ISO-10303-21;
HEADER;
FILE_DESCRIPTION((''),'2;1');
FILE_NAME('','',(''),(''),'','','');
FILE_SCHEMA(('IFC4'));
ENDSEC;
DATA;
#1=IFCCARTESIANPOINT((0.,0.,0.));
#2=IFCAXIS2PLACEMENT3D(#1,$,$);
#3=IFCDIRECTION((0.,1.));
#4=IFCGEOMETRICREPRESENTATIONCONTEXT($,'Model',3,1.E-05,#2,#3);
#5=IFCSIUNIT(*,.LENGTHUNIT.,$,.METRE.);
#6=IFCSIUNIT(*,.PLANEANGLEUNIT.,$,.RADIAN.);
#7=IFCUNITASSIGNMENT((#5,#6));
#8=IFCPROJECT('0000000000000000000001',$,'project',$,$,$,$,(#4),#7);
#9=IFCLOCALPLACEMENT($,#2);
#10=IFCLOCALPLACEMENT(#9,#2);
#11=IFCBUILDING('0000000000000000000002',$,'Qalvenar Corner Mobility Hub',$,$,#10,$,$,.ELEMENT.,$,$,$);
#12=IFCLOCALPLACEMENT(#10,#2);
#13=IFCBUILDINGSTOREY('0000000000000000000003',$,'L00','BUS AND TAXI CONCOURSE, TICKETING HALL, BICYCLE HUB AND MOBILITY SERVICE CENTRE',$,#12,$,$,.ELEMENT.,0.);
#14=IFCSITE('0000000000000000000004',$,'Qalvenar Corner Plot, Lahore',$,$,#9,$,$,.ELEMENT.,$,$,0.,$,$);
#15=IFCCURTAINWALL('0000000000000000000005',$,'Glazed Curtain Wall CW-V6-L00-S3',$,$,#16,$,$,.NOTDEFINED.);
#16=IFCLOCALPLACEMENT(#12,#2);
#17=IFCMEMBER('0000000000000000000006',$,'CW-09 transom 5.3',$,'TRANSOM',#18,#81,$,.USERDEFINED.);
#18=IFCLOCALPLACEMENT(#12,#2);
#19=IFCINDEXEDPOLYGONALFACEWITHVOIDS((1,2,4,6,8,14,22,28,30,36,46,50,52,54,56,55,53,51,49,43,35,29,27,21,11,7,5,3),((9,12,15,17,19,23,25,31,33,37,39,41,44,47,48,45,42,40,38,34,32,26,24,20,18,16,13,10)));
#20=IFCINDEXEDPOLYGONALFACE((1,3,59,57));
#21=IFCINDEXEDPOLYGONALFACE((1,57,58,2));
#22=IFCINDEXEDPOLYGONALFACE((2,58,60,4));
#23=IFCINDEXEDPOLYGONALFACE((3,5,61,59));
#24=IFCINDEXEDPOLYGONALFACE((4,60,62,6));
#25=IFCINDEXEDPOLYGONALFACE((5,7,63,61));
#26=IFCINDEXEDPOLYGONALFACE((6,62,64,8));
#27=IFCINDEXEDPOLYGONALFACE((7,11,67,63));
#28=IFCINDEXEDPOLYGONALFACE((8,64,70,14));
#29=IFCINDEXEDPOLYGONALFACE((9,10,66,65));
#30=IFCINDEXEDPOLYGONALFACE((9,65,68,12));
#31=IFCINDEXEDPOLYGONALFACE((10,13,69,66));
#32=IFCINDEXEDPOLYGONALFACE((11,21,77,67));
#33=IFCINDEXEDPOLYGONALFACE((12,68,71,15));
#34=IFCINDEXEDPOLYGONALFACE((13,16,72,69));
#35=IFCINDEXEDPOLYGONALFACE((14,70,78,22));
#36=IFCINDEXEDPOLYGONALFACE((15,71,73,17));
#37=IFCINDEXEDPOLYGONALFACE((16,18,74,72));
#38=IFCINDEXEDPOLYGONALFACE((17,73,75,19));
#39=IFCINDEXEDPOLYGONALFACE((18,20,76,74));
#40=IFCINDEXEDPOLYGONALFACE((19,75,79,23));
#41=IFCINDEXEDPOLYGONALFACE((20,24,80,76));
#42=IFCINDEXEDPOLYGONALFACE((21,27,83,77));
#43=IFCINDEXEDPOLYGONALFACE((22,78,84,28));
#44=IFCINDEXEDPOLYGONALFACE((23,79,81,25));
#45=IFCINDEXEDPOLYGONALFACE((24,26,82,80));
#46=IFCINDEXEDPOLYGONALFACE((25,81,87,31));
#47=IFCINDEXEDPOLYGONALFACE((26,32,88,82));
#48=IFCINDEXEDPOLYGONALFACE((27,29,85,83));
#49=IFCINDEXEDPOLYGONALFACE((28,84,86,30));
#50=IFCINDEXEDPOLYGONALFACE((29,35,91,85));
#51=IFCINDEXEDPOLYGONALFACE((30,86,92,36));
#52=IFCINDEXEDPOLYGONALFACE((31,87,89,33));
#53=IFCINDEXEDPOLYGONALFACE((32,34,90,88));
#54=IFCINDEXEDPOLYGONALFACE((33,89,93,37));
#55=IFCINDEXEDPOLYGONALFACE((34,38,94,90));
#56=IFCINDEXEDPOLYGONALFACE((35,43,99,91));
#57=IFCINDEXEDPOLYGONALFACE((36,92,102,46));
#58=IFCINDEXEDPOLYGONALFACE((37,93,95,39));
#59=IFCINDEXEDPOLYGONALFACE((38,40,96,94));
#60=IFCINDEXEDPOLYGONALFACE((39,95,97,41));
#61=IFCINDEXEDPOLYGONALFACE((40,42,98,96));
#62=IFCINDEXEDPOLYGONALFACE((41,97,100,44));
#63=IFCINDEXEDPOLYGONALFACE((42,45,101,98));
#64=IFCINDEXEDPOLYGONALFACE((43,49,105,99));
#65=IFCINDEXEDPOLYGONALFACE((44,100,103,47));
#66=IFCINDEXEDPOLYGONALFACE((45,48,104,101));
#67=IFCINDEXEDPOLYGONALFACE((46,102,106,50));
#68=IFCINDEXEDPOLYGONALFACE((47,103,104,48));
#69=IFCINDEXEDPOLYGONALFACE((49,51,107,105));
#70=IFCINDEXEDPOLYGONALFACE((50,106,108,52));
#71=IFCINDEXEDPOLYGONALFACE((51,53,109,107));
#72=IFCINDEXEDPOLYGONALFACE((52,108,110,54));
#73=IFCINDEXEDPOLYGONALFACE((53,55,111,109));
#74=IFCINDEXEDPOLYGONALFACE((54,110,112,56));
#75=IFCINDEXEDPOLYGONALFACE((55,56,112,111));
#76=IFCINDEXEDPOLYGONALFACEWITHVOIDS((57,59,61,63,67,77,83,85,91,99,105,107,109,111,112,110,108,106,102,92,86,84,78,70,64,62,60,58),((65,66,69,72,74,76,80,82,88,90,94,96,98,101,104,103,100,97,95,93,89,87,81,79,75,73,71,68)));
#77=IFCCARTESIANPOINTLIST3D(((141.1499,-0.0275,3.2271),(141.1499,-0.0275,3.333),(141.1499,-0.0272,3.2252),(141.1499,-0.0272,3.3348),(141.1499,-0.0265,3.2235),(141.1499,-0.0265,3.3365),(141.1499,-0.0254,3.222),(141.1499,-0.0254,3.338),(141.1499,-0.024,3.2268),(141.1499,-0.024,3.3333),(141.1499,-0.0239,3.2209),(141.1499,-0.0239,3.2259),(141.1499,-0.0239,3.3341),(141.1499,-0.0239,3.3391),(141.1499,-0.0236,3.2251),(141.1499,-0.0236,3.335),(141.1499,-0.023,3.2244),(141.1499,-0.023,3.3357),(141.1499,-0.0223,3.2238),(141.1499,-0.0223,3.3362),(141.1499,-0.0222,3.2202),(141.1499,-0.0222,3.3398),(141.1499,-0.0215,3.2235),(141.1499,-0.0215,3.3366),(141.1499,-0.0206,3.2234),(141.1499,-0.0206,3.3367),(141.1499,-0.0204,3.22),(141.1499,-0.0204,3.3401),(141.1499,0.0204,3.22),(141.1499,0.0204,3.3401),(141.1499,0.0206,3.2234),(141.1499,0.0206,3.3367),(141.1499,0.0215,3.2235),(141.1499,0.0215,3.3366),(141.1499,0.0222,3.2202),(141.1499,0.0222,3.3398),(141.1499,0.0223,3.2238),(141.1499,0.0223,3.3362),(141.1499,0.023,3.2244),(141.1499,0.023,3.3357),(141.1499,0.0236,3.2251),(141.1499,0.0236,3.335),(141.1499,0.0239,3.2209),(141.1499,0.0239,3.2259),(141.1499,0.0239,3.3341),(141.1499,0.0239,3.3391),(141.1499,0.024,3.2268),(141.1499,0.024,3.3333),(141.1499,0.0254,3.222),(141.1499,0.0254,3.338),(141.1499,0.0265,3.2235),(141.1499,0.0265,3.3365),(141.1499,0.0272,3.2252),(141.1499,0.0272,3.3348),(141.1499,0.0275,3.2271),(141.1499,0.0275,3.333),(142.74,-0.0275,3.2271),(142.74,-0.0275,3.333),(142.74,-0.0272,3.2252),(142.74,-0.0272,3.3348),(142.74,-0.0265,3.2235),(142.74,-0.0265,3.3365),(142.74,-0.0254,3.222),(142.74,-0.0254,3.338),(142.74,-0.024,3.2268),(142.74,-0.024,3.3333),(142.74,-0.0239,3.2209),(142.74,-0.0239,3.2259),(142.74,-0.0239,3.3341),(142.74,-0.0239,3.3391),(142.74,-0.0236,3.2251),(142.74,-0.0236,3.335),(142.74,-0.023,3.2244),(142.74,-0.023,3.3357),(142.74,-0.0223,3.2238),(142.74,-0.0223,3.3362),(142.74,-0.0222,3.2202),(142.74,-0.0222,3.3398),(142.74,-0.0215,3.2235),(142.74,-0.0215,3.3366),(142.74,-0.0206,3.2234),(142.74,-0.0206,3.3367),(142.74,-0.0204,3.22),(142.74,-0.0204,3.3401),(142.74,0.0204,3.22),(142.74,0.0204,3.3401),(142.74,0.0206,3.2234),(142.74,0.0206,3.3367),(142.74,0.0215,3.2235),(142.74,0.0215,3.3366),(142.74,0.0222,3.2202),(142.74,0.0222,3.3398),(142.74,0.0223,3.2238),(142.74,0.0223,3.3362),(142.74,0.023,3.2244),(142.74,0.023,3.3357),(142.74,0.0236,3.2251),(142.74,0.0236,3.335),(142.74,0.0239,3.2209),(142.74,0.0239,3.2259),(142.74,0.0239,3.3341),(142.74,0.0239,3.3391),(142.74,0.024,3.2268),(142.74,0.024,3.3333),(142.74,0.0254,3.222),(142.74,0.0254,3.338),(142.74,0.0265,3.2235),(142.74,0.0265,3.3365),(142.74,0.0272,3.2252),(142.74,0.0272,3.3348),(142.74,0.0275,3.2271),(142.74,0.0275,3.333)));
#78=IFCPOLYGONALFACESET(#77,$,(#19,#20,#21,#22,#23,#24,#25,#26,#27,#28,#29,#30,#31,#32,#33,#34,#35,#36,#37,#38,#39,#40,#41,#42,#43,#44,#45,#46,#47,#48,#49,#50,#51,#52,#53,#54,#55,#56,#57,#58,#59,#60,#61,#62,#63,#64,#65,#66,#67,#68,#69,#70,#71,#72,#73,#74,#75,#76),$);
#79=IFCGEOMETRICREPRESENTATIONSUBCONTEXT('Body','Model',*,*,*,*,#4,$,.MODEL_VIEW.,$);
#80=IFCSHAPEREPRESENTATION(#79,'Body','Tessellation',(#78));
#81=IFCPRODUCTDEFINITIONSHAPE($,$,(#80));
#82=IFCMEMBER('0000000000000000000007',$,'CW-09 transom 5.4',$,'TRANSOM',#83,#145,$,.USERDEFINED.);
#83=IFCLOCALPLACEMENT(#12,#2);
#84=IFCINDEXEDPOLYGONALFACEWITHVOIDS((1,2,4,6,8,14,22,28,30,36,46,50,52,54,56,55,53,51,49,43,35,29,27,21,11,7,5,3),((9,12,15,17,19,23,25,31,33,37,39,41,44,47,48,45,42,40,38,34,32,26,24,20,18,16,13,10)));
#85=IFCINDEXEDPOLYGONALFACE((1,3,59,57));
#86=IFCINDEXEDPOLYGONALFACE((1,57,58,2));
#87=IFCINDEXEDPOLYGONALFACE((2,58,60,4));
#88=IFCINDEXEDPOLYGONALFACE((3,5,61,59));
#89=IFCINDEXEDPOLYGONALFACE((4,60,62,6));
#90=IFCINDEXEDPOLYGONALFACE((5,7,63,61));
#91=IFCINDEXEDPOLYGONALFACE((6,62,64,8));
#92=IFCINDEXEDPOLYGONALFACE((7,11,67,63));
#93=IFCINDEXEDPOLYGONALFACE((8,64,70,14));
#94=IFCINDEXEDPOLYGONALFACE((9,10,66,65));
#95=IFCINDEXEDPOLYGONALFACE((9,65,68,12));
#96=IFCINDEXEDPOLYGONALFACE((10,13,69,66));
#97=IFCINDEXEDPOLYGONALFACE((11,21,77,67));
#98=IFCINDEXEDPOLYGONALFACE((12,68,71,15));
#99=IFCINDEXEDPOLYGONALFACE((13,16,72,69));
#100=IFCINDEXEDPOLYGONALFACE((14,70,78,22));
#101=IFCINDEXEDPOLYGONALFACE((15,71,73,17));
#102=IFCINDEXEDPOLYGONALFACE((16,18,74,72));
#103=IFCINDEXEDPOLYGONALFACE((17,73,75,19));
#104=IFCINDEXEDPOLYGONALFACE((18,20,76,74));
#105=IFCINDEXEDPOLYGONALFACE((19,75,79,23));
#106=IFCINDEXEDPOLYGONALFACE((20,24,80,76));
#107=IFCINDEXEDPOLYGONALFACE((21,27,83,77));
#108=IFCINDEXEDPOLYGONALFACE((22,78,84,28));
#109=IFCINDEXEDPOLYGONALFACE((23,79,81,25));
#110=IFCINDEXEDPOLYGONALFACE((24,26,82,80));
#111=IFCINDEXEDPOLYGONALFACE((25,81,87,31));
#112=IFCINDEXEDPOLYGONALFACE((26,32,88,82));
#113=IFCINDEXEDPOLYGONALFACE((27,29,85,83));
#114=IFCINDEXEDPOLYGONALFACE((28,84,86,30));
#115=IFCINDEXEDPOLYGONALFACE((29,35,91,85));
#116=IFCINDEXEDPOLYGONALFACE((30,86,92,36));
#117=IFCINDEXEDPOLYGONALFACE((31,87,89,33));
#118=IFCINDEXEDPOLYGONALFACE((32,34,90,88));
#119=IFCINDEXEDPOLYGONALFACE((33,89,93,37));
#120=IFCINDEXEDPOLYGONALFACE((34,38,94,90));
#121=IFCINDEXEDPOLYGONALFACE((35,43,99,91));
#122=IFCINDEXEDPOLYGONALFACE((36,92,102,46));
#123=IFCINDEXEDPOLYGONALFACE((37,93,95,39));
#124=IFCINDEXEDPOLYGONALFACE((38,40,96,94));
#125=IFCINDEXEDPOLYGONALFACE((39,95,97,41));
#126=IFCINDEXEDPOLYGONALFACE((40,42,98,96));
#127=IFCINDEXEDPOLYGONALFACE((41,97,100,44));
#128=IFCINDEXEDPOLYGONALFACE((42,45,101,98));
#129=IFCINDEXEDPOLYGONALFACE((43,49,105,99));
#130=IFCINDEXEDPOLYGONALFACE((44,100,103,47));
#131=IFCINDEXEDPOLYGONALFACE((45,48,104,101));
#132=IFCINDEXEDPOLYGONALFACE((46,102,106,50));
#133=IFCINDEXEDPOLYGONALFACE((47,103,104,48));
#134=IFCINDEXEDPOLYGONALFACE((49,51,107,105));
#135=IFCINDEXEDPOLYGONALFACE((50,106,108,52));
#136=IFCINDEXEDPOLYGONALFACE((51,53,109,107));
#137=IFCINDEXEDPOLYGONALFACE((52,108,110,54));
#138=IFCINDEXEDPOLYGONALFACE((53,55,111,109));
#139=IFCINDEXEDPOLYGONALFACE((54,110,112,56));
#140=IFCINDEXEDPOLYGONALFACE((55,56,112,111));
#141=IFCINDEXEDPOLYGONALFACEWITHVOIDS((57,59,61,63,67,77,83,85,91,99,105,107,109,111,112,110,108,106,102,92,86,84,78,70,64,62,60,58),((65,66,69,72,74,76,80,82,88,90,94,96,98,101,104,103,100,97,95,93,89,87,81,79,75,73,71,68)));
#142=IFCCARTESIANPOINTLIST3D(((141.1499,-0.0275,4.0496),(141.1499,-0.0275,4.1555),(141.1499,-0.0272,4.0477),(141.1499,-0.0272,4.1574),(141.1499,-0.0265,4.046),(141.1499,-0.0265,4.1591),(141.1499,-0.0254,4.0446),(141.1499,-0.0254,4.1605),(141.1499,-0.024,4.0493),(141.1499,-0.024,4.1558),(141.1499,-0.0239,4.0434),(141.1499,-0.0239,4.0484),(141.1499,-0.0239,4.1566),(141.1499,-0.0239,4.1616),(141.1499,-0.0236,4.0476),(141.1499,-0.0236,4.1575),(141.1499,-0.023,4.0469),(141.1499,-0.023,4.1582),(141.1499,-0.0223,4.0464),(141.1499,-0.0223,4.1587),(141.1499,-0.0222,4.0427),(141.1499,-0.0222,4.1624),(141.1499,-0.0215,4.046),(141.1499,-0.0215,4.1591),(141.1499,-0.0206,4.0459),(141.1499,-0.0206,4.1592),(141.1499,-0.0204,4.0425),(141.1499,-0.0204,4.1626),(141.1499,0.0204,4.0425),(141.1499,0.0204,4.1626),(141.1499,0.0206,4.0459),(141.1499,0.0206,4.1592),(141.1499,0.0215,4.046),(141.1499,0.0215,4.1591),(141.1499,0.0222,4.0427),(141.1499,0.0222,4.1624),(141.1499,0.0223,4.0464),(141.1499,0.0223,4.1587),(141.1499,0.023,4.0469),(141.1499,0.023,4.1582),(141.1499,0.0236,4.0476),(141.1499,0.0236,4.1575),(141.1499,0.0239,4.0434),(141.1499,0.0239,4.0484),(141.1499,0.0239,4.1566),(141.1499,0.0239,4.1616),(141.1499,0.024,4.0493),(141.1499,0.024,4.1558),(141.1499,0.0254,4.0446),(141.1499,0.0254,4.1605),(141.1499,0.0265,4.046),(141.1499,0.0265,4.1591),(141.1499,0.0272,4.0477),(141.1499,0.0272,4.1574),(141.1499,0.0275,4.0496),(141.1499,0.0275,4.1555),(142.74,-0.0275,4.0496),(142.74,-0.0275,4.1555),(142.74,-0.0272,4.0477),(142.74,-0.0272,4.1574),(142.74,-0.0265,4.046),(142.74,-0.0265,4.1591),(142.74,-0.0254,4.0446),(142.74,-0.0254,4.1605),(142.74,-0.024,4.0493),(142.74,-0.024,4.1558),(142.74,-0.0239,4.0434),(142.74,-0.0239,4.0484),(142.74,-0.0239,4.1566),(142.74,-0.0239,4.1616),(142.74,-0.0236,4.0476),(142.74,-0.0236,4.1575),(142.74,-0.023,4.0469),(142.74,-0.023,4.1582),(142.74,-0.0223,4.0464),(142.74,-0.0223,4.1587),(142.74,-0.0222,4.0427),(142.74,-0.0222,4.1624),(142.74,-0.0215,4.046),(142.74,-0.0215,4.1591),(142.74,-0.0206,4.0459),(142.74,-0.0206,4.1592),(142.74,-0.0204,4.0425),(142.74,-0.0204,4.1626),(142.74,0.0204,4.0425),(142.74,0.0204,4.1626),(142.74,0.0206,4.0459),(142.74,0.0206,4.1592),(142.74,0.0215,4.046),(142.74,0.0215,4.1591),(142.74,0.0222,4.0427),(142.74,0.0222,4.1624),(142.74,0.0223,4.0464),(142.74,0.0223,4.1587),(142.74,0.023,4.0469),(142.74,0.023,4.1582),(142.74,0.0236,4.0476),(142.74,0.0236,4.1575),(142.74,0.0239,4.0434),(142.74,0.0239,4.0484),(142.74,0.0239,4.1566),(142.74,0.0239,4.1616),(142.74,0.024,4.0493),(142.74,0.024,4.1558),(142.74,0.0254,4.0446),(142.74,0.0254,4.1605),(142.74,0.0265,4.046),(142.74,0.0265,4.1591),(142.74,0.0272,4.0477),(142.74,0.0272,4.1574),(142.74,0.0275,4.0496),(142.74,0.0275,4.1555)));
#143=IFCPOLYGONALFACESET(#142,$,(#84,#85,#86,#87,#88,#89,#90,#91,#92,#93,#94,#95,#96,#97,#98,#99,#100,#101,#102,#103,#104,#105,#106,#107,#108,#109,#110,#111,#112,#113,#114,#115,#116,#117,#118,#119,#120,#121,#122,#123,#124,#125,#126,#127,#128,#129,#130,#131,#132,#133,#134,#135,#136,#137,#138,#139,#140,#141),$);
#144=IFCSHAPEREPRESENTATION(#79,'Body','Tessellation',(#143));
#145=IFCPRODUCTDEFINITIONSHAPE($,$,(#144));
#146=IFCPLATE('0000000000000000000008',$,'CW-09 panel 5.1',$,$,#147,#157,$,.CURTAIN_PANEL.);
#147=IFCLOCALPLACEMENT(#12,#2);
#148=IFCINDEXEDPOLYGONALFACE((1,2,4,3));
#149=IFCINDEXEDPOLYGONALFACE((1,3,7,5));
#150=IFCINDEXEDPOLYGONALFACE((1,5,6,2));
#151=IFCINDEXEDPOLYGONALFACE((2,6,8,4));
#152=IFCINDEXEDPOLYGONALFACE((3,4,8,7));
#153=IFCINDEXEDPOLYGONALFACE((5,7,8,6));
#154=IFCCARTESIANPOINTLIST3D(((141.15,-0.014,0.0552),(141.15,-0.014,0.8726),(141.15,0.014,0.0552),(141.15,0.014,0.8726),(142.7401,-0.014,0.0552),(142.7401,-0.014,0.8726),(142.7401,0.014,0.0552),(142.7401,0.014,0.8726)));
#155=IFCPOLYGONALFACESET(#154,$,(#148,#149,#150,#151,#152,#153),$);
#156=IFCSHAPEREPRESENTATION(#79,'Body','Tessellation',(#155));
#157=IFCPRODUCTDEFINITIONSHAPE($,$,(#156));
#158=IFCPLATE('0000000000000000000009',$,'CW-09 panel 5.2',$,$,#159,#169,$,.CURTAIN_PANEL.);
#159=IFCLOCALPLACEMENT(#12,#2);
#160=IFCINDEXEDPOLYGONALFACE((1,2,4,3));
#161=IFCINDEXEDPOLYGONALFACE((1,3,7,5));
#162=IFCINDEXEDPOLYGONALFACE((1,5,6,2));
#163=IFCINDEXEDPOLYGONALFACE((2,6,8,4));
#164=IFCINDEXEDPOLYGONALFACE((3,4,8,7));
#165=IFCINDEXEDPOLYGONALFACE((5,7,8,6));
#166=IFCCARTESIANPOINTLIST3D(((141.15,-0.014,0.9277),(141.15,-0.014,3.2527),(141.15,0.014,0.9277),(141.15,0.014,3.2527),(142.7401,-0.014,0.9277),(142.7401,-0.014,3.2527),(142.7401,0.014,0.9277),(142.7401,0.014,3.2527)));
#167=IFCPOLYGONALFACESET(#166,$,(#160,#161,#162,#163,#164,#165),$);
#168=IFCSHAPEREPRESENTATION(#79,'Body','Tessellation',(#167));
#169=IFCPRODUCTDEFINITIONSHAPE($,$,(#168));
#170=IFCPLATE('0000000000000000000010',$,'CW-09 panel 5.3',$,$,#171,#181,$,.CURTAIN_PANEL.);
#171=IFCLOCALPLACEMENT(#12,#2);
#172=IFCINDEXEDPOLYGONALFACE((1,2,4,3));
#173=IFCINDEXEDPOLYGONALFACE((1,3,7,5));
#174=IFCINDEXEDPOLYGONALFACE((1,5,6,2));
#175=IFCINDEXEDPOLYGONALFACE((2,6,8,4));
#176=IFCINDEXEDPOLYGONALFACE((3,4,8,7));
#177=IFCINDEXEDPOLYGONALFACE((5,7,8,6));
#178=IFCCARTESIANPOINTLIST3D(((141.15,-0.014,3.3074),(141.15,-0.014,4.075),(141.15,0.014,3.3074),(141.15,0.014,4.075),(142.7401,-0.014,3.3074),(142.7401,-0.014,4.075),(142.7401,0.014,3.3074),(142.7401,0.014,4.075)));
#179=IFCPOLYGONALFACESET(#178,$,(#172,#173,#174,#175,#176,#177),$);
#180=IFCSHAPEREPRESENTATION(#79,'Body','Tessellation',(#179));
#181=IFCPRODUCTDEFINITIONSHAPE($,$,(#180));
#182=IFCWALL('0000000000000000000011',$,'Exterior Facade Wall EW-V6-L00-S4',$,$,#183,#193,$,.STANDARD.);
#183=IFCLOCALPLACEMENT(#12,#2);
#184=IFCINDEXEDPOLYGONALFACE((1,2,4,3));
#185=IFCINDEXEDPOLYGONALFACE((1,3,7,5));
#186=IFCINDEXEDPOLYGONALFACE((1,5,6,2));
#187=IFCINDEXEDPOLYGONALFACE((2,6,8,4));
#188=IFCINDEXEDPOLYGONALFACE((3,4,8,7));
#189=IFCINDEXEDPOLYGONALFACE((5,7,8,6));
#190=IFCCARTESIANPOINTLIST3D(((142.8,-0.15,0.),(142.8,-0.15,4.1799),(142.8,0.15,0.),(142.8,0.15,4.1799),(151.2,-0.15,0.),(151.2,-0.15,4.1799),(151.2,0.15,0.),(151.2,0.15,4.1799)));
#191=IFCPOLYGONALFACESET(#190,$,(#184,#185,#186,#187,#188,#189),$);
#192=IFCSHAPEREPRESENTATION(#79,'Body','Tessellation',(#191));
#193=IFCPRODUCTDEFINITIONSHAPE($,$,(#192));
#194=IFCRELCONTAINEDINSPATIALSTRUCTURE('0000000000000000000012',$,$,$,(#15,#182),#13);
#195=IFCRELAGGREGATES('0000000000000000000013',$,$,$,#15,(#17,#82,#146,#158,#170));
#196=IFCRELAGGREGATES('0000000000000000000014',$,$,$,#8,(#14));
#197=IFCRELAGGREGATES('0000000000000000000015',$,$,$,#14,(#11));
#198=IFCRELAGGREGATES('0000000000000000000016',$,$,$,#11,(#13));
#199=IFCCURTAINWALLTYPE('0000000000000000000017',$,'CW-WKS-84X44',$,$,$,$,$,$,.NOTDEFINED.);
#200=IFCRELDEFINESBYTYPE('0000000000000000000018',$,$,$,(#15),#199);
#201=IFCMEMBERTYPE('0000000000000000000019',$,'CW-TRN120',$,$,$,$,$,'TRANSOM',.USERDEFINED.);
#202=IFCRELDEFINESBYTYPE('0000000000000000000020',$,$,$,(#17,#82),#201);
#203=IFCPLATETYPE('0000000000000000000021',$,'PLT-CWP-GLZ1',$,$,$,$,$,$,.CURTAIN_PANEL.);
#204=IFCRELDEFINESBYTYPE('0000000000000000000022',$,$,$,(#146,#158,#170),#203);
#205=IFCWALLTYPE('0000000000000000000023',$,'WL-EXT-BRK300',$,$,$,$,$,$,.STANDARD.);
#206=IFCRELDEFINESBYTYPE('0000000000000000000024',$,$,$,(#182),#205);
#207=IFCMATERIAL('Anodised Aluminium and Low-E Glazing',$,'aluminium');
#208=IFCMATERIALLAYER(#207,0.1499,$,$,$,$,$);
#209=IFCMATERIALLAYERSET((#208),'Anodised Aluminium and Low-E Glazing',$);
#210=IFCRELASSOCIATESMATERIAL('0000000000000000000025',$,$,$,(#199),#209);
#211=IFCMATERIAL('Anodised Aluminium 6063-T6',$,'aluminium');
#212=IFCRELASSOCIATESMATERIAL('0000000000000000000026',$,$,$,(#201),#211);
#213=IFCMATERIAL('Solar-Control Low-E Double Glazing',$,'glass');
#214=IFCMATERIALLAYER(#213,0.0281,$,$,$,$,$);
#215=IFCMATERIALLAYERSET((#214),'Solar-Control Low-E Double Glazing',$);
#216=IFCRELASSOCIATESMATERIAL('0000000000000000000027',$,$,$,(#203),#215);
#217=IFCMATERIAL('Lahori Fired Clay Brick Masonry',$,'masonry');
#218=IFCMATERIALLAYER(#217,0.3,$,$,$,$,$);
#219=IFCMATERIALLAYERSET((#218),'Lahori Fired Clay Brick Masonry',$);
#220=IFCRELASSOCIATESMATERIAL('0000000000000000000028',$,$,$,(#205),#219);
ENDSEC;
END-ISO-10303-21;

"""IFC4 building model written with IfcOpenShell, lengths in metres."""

from ifc_helpers import new_model, si_unit, direction, frame, frame_2d, origin, origin_2d, place, context, subcontext, project, spatial, rectangle, hollow_rectangle, extrude, material, layer, layer_set, material_profile, profile_set, type_object, element, aggregate, save


model = new_model("IFC4")

# Units and contexts
model_context = context("Model", 3, precision=1e-05, world=origin(), true_north=direction((0.0, 1.0)))
body_context = subcontext(model_context, "Body", "Model", "MODEL_VIEW")
ifc_project = project(units=[si_unit("LENGTHUNIT", "METRE"), si_unit("PLANEANGLEUNIT", "RADIAN")], contexts=[model_context])

# Site, building, storey
site_placement = place(None, origin())
site = spatial("IfcSite", under=ifc_project, at=site_placement, Name="Qalvenar Corner Plot, Lahore", CompositionType="ELEMENT", RefElevation=0.0)
building_placement = place(site_placement, origin())
building = spatial("IfcBuilding", under=site, at=building_placement, Name="Qalvenar Corner Mobility Hub", CompositionType="ELEMENT")
storey_placement = place(building_placement, origin())
storey = spatial("IfcBuildingStorey", under=building, at=storey_placement, Name="L00", Description="BUS AND TAXI CONCOURSE, TICKETING HALL, BICYCLE HUB AND MOBILITY SERVICE CENTRE", CompositionType="ELEMENT", Elevation=0.0)

# Curtain wall, members, plates
ifc_material_1 = material(Name="Anodised Aluminium and Low-E Glazing", Category="aluminium")
ifc_layer_1 = layer(ifc_material_1, 0.1499)
ifc_layer_set_1 = layer_set([ifc_layer_1], Name="Anodised Aluminium and Low-E Glazing")
curtain_wall_type = type_object("IfcCurtainWallType", Name="CW-WKS-84X44", PredefinedType="NOTDEFINED", material=ifc_layer_set_1)
curtain_wall_placement = place(storey_placement, origin())
curtain_wall = element("IfcCurtainWall", 1, at=curtain_wall_placement, inside=storey, type_object=curtain_wall_type, Name="Glazed Curtain Wall CW-V6-L00-S3", PredefinedType="NOTDEFINED")
ifc_material_2 = material(Name="Anodised Aluminium 6063-T6", Category="aluminium")
ifc_material_profile_1 = material_profile(ifc_material_2, hollow_rectangle(XDim=0.0549, YDim=0.1201, WallThickness=0.0034, InnerFilletRadius=0.0034, OuterFilletRadius=0.0071, at=origin_2d()), Name="RHS120x55x3.5")
ifc_profile_set_1 = profile_set([ifc_material_profile_1], Name="Anodised Aluminium 6063-T6")
member_type_1 = type_object("IfcMemberType", Name="CW-TRN120", ElementType="TRANSOM", PredefinedType="USERDEFINED", material=ifc_profile_set_1)
member_1_placement = place(storey_placement, frame((141.1499, 0.0, 3.28), z_axis=(1.0, 0.0, 0.0), x_axis=(0.0, 1.0, 0.0)))
member_1 = element("IfcMember", 2, at=member_1_placement, type_object=member_type_1, Name="CW-09 transom 5.3", ObjectType="TRANSOM", PredefinedType="USERDEFINED", context=body_context, shape_type="SweptSolid", body=[
    extrude(hollow_rectangle(XDim=0.0549, YDim=0.1201, WallThickness=0.0034, InnerFilletRadius=0.0034, OuterFilletRadius=0.0071, at=origin_2d()), origin(), (0.0, 0.0, 1.0), 1.5901),
])
member_2_placement = place(storey_placement, frame((141.1499, 0.0, 4.1025), z_axis=(1.0, 0.0, 0.0), x_axis=(0.0, 1.0, 0.0)))
member_2 = element("IfcMember", 3, at=member_2_placement, type_object=member_type_1, Name="CW-09 transom 5.4", ObjectType="TRANSOM", PredefinedType="USERDEFINED", context=body_context, shape_type="SweptSolid", body=[
    extrude(hollow_rectangle(XDim=0.0549, YDim=0.1201, WallThickness=0.0034, InnerFilletRadius=0.0034, OuterFilletRadius=0.0071, at=origin_2d()), origin(), (0.0, 0.0, 1.0), 1.5901),
])
ifc_material_3 = material(Name="Solar-Control Low-E Double Glazing", Category="glass")
ifc_layer_2 = layer(ifc_material_3, 0.0281)
ifc_layer_set_2 = layer_set([ifc_layer_2], Name="Solar-Control Low-E Double Glazing")
plate_type = type_object("IfcPlateType", Name="PLT-CWP-GLZ1", PredefinedType="CURTAIN_PANEL", material=ifc_layer_set_2)
plate_1_placement = place(storey_placement, frame((141.9451, 0.0, 0.0552), z_axis=(0.0, 0.0, 1.0), x_axis=(1.0, 0.0, 0.0)))
plate_1 = element("IfcPlate", 4, at=plate_1_placement, type_object=plate_type, Name="CW-09 panel 5.1", PredefinedType="CURTAIN_PANEL", context=body_context, shape_type="SweptSolid", body=[
    extrude(rectangle(XDim=1.5901, YDim=0.0281, at=origin_2d()), origin(), (0.0, 0.0, 1.0), 0.8174),
])
plate_2_placement = place(storey_placement, frame((141.9451, 0.0, 0.9277), z_axis=(0.0, 0.0, 1.0), x_axis=(1.0, 0.0, 0.0)))
plate_2 = element("IfcPlate", 5, at=plate_2_placement, type_object=plate_type, Name="CW-09 panel 5.2", PredefinedType="CURTAIN_PANEL", context=body_context, shape_type="SweptSolid", body=[
    extrude(rectangle(XDim=1.5901, YDim=0.0281, at=origin_2d()), origin(), (0.0, 0.0, 1.0), 2.325),
])
plate_3_placement = place(storey_placement, frame((141.9451, 0.0, 3.3074), z_axis=(0.0, 0.0, 1.0), x_axis=(1.0, 0.0, 0.0)))
plate_3 = element("IfcPlate", 6, at=plate_3_placement, type_object=plate_type, Name="CW-09 panel 5.3", PredefinedType="CURTAIN_PANEL", context=body_context, shape_type="SweptSolid", body=[
    extrude(rectangle(XDim=1.5901, YDim=0.0281, at=origin_2d()), origin(), (0.0, 0.0, 1.0), 0.7676),
])
aggregate(curtain_wall, [member_1, member_2, plate_1, plate_2, plate_3])

# Wall
ifc_material_4 = material(Name="Lahori Fired Clay Brick Masonry", Category="masonry")
ifc_layer_3 = layer(ifc_material_4, 0.3)
ifc_layer_set_3 = layer_set([ifc_layer_3], Name="Lahori Fired Clay Brick Masonry")
wall_type_1 = type_object("IfcWallType", Name="WL-EXT-BRK300", PredefinedType="STANDARD", material=ifc_layer_set_3)
wall_1_placement = place(storey_placement, frame((142.8, 0.0, 0.0), z_axis=(0.0, 0.0, 1.0), x_axis=(1.0, 0.0, 0.0)))
element("IfcWall", 7, at=wall_1_placement, inside=storey, type_object=wall_type_1, Name="Exterior Facade Wall EW-V6-L00-S4", PredefinedType="STANDARD", context=body_context, shape_type="SweptSolid", body=[
    extrude(rectangle(XDim=8.3999, YDim=0.3, at=frame_2d((4.2, 0.0))), origin(), (0.0, 0.0, 1.0), 4.1799),
])

save(model, "model.ifc")
